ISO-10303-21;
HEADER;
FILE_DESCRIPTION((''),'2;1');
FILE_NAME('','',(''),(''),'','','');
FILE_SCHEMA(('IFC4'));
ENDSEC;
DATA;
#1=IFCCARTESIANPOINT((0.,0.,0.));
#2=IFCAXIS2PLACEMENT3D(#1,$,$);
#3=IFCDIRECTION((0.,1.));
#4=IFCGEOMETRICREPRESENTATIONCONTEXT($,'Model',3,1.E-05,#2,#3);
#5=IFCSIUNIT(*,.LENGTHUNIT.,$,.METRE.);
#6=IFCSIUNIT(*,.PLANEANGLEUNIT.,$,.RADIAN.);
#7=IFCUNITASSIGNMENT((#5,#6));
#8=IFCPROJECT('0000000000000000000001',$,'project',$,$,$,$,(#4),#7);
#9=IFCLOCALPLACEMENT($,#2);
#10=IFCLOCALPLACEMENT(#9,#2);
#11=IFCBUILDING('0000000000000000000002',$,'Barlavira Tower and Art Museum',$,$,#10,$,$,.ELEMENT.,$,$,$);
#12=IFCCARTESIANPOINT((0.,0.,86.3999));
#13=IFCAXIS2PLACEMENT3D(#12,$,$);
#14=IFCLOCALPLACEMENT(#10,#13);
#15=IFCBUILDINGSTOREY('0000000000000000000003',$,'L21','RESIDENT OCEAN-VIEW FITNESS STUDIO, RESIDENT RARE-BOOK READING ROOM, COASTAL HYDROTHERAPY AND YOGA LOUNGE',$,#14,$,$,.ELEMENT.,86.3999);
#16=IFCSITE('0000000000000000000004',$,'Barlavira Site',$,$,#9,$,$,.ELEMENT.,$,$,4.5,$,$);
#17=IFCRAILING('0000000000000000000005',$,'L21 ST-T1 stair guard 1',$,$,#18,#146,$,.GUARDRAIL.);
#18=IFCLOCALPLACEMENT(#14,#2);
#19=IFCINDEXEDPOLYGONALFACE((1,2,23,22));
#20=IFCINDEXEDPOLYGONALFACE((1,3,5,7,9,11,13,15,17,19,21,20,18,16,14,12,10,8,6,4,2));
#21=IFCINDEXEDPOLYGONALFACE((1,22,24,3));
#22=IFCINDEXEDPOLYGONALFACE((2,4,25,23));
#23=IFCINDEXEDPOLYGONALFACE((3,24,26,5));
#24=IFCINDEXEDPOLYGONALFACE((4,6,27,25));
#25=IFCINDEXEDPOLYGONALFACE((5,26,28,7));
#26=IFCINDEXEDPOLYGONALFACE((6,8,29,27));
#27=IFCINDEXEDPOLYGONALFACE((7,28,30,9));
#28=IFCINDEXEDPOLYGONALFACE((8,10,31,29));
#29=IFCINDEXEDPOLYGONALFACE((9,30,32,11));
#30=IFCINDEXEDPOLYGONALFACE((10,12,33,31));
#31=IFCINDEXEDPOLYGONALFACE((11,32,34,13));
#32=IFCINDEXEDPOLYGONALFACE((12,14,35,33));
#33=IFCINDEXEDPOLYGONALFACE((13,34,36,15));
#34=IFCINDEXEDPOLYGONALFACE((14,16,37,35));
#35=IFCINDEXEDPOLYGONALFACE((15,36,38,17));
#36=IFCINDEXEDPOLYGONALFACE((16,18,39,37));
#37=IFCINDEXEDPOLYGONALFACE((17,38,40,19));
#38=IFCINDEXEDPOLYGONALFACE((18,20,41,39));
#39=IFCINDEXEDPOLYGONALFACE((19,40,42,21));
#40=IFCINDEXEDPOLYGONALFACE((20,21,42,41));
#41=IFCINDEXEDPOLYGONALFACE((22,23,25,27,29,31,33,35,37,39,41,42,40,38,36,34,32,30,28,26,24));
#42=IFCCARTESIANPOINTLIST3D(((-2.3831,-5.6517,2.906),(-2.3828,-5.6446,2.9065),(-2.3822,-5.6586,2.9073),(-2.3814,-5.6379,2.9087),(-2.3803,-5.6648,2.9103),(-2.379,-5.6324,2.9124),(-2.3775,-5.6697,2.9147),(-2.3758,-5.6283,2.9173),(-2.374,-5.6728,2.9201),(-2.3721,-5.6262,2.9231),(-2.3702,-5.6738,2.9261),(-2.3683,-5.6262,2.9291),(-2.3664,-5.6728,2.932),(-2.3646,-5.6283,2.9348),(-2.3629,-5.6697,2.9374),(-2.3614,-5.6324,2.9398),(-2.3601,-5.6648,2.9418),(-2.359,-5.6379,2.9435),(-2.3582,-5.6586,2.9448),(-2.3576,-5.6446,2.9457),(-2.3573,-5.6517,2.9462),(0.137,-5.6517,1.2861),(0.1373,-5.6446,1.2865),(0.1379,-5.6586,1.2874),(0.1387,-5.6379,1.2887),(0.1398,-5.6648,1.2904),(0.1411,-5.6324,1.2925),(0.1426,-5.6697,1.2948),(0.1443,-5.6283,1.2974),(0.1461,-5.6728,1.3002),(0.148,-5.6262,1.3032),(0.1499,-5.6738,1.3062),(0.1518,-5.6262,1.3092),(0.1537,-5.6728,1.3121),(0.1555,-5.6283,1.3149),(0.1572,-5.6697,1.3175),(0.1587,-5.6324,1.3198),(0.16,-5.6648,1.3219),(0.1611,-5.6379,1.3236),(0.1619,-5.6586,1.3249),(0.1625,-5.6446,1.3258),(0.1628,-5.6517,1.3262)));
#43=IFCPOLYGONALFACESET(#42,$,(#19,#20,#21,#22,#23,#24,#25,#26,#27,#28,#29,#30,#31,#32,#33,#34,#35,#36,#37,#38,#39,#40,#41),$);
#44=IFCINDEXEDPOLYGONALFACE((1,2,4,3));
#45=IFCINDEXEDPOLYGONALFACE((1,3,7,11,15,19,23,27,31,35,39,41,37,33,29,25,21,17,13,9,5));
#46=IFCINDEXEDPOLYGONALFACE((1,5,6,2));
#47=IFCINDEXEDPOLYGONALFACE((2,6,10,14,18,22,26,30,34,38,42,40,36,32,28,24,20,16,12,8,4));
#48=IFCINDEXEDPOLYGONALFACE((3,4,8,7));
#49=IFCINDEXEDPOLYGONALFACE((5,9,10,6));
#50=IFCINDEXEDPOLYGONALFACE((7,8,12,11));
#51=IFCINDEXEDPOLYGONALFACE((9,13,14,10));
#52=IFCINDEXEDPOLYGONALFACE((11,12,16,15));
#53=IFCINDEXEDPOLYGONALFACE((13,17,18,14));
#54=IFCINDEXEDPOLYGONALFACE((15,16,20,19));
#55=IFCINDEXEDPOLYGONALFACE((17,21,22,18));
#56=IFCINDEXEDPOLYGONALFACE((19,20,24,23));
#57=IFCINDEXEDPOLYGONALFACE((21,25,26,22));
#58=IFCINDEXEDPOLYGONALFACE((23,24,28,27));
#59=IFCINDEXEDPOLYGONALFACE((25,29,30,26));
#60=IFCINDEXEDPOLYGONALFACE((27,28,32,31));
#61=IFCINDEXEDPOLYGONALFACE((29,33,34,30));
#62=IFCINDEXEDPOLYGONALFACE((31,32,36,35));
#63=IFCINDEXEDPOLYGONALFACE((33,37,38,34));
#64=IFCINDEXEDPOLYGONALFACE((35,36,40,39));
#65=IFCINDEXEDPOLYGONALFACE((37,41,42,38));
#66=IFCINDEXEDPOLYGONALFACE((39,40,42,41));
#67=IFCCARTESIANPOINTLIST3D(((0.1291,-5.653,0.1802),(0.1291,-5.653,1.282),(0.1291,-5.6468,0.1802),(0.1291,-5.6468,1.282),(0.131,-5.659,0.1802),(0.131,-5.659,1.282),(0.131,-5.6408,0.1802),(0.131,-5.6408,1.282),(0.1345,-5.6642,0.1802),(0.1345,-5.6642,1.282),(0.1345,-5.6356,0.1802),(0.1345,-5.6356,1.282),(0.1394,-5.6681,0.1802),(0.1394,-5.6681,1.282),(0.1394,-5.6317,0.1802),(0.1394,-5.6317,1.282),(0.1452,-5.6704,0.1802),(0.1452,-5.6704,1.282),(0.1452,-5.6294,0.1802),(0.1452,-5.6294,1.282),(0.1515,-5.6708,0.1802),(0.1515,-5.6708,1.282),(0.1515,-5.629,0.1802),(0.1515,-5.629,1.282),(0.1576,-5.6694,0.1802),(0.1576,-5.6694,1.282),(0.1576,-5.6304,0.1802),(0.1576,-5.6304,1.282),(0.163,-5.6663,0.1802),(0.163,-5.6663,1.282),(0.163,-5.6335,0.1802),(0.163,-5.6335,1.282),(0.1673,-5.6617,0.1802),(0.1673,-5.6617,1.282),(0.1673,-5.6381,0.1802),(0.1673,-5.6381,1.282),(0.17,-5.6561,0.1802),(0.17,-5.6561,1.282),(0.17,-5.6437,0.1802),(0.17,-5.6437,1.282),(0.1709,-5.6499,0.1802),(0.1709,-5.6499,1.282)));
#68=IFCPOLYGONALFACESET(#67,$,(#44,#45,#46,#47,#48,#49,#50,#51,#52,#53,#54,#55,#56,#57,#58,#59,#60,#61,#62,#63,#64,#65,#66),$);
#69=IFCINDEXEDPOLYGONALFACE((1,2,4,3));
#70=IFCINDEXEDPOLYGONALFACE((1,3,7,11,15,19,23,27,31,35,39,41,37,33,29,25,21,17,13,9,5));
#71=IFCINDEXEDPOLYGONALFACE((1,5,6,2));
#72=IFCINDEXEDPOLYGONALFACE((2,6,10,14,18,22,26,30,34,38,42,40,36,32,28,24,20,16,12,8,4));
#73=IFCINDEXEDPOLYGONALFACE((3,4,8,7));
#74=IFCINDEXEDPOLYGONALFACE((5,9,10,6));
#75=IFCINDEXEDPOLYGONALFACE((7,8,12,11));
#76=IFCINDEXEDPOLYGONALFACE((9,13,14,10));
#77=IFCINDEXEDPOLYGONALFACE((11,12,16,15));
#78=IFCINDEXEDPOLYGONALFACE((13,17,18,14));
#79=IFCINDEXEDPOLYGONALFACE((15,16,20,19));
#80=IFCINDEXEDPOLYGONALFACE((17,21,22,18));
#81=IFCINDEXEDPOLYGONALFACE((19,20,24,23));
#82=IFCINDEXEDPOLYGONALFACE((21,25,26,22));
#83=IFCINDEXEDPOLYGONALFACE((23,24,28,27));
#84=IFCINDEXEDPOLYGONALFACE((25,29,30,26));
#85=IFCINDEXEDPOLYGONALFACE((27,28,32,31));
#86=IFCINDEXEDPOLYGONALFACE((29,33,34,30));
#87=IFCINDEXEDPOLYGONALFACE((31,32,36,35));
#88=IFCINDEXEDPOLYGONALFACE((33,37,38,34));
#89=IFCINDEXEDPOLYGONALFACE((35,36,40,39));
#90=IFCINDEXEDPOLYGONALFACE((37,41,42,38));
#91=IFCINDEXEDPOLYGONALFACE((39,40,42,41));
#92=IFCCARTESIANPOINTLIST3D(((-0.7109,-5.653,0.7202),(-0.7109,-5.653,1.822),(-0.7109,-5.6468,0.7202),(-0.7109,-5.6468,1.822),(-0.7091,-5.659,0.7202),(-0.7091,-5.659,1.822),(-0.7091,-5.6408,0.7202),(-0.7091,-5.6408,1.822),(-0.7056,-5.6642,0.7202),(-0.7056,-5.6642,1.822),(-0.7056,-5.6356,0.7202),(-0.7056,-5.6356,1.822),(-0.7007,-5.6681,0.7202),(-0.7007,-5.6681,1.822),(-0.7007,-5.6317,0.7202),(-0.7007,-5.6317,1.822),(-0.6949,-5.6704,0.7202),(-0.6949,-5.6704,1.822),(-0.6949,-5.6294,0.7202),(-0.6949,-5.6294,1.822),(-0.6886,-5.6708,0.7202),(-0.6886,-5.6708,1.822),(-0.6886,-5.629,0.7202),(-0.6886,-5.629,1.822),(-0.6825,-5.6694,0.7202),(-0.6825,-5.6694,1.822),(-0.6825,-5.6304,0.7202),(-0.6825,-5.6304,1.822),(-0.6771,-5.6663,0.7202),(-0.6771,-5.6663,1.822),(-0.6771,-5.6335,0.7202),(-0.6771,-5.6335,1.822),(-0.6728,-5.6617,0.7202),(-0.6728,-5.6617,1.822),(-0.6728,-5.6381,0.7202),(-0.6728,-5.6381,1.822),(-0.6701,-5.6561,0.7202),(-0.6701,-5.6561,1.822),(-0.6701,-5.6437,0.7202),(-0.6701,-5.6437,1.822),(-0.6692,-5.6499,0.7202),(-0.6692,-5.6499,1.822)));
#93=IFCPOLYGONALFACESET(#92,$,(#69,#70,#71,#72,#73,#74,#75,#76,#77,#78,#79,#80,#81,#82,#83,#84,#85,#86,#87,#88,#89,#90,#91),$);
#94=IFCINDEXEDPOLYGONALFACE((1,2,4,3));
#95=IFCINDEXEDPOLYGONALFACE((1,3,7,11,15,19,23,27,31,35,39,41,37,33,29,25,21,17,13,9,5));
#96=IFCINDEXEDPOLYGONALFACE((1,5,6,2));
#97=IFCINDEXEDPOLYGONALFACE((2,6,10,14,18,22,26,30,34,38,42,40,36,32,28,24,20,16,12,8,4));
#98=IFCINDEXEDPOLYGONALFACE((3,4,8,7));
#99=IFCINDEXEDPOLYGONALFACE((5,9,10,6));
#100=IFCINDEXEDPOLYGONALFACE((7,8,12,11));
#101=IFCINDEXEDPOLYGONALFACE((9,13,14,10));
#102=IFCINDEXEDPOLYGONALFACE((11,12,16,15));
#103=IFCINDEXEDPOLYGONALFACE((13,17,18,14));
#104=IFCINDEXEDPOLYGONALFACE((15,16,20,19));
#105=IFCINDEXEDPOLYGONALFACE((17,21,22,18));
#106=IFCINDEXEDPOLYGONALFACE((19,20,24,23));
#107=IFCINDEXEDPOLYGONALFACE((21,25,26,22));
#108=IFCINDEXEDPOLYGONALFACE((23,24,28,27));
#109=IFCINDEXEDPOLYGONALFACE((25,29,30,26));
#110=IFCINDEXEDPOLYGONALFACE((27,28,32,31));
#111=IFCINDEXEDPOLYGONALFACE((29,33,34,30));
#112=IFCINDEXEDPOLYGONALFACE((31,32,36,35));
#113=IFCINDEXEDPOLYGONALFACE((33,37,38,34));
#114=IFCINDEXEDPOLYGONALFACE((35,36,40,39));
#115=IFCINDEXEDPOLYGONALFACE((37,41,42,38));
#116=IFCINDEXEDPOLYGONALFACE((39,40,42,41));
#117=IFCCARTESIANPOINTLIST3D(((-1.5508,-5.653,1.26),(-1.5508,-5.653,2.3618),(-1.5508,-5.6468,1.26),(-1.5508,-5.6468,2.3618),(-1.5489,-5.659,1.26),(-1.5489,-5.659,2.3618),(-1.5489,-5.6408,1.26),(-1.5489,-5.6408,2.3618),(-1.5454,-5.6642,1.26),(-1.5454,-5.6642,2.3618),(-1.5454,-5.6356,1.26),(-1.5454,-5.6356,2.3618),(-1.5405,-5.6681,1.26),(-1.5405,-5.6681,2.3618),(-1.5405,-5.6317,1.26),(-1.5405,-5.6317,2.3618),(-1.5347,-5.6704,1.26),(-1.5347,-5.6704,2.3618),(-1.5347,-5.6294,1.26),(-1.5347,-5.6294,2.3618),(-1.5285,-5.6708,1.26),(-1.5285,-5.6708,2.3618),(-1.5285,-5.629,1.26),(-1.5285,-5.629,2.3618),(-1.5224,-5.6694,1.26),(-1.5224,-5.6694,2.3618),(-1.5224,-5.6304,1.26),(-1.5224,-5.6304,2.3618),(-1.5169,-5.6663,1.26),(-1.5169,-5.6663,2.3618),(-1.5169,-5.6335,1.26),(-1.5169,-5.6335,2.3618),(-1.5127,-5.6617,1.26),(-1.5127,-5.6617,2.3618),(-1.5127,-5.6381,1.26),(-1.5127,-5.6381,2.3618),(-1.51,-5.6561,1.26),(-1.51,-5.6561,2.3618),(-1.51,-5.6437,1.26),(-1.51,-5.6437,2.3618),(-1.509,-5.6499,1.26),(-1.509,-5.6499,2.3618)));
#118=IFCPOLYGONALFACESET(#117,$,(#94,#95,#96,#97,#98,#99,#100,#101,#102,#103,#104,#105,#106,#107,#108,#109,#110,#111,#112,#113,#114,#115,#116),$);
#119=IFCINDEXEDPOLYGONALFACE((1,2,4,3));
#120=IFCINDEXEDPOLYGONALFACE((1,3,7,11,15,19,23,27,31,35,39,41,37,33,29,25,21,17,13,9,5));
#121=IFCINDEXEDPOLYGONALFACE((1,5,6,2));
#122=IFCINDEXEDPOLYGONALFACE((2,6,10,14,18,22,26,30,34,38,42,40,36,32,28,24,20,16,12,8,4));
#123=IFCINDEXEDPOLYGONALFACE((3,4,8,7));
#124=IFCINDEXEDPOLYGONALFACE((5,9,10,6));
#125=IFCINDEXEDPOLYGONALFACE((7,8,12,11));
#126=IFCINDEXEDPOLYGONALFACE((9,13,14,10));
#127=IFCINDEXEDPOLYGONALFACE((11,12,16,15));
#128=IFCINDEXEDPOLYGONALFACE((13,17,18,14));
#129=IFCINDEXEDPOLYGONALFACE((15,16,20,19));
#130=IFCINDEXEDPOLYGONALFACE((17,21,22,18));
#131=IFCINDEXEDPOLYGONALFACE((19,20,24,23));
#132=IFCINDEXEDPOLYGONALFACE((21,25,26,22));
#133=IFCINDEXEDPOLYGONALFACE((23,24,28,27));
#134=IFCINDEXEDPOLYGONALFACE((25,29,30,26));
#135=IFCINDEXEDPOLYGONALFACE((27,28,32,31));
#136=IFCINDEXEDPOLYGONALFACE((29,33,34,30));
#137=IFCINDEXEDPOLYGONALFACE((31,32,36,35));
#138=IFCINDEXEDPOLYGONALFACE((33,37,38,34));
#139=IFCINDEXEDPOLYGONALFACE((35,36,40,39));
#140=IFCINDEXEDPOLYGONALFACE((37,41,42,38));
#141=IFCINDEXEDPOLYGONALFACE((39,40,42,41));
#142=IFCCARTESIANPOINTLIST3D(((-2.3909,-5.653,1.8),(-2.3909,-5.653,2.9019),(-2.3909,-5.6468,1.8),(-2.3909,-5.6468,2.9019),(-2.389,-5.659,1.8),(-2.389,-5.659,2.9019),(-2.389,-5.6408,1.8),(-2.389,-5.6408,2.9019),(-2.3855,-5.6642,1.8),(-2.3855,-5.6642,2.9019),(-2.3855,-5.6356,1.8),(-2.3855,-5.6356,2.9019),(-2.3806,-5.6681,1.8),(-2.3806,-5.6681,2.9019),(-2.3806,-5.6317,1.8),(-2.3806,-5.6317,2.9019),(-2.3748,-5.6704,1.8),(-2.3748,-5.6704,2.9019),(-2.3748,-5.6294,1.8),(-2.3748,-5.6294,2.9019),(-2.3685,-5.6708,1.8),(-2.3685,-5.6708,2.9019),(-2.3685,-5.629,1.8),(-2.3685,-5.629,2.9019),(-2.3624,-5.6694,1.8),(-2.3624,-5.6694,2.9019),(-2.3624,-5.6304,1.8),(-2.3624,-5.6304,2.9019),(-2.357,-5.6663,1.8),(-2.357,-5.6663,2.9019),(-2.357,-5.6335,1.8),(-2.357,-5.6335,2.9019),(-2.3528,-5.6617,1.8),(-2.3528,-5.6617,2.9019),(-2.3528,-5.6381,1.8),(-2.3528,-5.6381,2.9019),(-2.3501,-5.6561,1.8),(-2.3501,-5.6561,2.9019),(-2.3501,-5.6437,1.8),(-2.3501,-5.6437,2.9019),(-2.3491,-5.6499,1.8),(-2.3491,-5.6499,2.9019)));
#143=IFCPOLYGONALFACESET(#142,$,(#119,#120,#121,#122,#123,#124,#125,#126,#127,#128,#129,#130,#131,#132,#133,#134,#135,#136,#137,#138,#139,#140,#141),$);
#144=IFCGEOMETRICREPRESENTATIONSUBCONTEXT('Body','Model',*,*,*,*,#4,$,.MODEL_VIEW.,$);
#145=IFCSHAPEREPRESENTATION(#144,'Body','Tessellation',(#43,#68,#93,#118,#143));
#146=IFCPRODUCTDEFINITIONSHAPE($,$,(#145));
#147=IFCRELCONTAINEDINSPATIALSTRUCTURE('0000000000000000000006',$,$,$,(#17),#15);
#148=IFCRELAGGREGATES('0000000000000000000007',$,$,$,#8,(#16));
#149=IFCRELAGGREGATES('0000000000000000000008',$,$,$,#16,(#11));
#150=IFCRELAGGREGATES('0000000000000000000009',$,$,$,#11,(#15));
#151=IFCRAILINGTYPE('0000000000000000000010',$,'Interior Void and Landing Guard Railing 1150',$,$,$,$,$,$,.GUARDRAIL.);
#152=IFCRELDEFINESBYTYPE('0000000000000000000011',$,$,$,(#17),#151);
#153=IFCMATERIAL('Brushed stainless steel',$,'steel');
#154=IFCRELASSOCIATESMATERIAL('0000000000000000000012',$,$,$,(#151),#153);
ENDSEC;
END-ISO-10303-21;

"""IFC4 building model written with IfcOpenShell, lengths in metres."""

from ifc_helpers import new_model, si_unit, direction, frame, origin, origin_2d, place, context, subcontext, project, spatial, circle, extrude, material, type_object, element, save


model = new_model("IFC4")

# Units and contexts
model_context = context("Model", 3, precision=1e-05, world=origin(), true_north=direction((0.0, 1.0)))
body_context = subcontext(model_context, "Body", "Model", "MODEL_VIEW")
ifc_project = project(units=[si_unit("LENGTHUNIT", "METRE"), si_unit("PLANEANGLEUNIT", "RADIAN")], contexts=[model_context])

# Site, building, storey
site_placement = place(None, origin())
site = spatial("IfcSite", under=ifc_project, at=site_placement, Name="Barlavira Site", CompositionType="ELEMENT", RefElevation=4.5)
building_placement = place(site_placement, origin())
building = spatial("IfcBuilding", under=site, at=building_placement, Name="Barlavira Tower and Art Museum", CompositionType="ELEMENT")
storey_placement = place(building_placement, frame((0.0, 0.0, 86.3999)))
storey = spatial("IfcBuildingStorey", under=building, at=storey_placement, Name="L21", Description="RESIDENT OCEAN-VIEW FITNESS STUDIO, RESIDENT RARE-BOOK READING ROOM, COASTAL HYDROTHERAPY AND YOGA LOUNGE", CompositionType="ELEMENT", Elevation=86.3999)

# Shared definitions
ifc_material_1 = material(Name="Brushed stainless steel", Category="steel")

# Railing
railing_type_1 = type_object("IfcRailingType", Name="Interior Void and Landing Guard Railing 1150", PredefinedType="GUARDRAIL", material=ifc_material_1)
railing_1_placement = place(storey_placement, frame((0.1499, -5.6499, 0.1802)))
element("IfcRailing", 1, at=railing_1_placement, inside=storey, type_object=railing_type_1, Name="L21 ST-T1 stair guard 1", PredefinedType="GUARDRAIL", context=body_context, shape_type="SweptSolid", body=[
    extrude(circle(Radius=0.0239, at=origin_2d()), frame((0.0, 0.0, 1.126), z_axis=(-0.8412, 0.0, 0.540725), x_axis=(0.0, -1.0, 0.0)), (0.0, 0.0, 1.0), 2.9958),
    extrude(circle(Radius=0.021, at=origin_2d()), origin(), (0.0, 0.0, 1.0), 1.1018),
    extrude(circle(Radius=0.021, at=origin_2d()), frame((-0.8401, 0.0, 0.54)), (0.0, 0.0, 1.0), 1.1018),
    extrude(circle(Radius=0.021, at=origin_2d()), frame((-1.6799, 0.0, 1.0798)), (0.0, 0.0, 1.0), 1.1018),
    extrude(circle(Radius=0.021, at=origin_2d()), frame((-2.52, 0.0, 1.6199)), (0.0, 0.0, 1.0), 1.1018),
])

save(model, "model.ifc")
